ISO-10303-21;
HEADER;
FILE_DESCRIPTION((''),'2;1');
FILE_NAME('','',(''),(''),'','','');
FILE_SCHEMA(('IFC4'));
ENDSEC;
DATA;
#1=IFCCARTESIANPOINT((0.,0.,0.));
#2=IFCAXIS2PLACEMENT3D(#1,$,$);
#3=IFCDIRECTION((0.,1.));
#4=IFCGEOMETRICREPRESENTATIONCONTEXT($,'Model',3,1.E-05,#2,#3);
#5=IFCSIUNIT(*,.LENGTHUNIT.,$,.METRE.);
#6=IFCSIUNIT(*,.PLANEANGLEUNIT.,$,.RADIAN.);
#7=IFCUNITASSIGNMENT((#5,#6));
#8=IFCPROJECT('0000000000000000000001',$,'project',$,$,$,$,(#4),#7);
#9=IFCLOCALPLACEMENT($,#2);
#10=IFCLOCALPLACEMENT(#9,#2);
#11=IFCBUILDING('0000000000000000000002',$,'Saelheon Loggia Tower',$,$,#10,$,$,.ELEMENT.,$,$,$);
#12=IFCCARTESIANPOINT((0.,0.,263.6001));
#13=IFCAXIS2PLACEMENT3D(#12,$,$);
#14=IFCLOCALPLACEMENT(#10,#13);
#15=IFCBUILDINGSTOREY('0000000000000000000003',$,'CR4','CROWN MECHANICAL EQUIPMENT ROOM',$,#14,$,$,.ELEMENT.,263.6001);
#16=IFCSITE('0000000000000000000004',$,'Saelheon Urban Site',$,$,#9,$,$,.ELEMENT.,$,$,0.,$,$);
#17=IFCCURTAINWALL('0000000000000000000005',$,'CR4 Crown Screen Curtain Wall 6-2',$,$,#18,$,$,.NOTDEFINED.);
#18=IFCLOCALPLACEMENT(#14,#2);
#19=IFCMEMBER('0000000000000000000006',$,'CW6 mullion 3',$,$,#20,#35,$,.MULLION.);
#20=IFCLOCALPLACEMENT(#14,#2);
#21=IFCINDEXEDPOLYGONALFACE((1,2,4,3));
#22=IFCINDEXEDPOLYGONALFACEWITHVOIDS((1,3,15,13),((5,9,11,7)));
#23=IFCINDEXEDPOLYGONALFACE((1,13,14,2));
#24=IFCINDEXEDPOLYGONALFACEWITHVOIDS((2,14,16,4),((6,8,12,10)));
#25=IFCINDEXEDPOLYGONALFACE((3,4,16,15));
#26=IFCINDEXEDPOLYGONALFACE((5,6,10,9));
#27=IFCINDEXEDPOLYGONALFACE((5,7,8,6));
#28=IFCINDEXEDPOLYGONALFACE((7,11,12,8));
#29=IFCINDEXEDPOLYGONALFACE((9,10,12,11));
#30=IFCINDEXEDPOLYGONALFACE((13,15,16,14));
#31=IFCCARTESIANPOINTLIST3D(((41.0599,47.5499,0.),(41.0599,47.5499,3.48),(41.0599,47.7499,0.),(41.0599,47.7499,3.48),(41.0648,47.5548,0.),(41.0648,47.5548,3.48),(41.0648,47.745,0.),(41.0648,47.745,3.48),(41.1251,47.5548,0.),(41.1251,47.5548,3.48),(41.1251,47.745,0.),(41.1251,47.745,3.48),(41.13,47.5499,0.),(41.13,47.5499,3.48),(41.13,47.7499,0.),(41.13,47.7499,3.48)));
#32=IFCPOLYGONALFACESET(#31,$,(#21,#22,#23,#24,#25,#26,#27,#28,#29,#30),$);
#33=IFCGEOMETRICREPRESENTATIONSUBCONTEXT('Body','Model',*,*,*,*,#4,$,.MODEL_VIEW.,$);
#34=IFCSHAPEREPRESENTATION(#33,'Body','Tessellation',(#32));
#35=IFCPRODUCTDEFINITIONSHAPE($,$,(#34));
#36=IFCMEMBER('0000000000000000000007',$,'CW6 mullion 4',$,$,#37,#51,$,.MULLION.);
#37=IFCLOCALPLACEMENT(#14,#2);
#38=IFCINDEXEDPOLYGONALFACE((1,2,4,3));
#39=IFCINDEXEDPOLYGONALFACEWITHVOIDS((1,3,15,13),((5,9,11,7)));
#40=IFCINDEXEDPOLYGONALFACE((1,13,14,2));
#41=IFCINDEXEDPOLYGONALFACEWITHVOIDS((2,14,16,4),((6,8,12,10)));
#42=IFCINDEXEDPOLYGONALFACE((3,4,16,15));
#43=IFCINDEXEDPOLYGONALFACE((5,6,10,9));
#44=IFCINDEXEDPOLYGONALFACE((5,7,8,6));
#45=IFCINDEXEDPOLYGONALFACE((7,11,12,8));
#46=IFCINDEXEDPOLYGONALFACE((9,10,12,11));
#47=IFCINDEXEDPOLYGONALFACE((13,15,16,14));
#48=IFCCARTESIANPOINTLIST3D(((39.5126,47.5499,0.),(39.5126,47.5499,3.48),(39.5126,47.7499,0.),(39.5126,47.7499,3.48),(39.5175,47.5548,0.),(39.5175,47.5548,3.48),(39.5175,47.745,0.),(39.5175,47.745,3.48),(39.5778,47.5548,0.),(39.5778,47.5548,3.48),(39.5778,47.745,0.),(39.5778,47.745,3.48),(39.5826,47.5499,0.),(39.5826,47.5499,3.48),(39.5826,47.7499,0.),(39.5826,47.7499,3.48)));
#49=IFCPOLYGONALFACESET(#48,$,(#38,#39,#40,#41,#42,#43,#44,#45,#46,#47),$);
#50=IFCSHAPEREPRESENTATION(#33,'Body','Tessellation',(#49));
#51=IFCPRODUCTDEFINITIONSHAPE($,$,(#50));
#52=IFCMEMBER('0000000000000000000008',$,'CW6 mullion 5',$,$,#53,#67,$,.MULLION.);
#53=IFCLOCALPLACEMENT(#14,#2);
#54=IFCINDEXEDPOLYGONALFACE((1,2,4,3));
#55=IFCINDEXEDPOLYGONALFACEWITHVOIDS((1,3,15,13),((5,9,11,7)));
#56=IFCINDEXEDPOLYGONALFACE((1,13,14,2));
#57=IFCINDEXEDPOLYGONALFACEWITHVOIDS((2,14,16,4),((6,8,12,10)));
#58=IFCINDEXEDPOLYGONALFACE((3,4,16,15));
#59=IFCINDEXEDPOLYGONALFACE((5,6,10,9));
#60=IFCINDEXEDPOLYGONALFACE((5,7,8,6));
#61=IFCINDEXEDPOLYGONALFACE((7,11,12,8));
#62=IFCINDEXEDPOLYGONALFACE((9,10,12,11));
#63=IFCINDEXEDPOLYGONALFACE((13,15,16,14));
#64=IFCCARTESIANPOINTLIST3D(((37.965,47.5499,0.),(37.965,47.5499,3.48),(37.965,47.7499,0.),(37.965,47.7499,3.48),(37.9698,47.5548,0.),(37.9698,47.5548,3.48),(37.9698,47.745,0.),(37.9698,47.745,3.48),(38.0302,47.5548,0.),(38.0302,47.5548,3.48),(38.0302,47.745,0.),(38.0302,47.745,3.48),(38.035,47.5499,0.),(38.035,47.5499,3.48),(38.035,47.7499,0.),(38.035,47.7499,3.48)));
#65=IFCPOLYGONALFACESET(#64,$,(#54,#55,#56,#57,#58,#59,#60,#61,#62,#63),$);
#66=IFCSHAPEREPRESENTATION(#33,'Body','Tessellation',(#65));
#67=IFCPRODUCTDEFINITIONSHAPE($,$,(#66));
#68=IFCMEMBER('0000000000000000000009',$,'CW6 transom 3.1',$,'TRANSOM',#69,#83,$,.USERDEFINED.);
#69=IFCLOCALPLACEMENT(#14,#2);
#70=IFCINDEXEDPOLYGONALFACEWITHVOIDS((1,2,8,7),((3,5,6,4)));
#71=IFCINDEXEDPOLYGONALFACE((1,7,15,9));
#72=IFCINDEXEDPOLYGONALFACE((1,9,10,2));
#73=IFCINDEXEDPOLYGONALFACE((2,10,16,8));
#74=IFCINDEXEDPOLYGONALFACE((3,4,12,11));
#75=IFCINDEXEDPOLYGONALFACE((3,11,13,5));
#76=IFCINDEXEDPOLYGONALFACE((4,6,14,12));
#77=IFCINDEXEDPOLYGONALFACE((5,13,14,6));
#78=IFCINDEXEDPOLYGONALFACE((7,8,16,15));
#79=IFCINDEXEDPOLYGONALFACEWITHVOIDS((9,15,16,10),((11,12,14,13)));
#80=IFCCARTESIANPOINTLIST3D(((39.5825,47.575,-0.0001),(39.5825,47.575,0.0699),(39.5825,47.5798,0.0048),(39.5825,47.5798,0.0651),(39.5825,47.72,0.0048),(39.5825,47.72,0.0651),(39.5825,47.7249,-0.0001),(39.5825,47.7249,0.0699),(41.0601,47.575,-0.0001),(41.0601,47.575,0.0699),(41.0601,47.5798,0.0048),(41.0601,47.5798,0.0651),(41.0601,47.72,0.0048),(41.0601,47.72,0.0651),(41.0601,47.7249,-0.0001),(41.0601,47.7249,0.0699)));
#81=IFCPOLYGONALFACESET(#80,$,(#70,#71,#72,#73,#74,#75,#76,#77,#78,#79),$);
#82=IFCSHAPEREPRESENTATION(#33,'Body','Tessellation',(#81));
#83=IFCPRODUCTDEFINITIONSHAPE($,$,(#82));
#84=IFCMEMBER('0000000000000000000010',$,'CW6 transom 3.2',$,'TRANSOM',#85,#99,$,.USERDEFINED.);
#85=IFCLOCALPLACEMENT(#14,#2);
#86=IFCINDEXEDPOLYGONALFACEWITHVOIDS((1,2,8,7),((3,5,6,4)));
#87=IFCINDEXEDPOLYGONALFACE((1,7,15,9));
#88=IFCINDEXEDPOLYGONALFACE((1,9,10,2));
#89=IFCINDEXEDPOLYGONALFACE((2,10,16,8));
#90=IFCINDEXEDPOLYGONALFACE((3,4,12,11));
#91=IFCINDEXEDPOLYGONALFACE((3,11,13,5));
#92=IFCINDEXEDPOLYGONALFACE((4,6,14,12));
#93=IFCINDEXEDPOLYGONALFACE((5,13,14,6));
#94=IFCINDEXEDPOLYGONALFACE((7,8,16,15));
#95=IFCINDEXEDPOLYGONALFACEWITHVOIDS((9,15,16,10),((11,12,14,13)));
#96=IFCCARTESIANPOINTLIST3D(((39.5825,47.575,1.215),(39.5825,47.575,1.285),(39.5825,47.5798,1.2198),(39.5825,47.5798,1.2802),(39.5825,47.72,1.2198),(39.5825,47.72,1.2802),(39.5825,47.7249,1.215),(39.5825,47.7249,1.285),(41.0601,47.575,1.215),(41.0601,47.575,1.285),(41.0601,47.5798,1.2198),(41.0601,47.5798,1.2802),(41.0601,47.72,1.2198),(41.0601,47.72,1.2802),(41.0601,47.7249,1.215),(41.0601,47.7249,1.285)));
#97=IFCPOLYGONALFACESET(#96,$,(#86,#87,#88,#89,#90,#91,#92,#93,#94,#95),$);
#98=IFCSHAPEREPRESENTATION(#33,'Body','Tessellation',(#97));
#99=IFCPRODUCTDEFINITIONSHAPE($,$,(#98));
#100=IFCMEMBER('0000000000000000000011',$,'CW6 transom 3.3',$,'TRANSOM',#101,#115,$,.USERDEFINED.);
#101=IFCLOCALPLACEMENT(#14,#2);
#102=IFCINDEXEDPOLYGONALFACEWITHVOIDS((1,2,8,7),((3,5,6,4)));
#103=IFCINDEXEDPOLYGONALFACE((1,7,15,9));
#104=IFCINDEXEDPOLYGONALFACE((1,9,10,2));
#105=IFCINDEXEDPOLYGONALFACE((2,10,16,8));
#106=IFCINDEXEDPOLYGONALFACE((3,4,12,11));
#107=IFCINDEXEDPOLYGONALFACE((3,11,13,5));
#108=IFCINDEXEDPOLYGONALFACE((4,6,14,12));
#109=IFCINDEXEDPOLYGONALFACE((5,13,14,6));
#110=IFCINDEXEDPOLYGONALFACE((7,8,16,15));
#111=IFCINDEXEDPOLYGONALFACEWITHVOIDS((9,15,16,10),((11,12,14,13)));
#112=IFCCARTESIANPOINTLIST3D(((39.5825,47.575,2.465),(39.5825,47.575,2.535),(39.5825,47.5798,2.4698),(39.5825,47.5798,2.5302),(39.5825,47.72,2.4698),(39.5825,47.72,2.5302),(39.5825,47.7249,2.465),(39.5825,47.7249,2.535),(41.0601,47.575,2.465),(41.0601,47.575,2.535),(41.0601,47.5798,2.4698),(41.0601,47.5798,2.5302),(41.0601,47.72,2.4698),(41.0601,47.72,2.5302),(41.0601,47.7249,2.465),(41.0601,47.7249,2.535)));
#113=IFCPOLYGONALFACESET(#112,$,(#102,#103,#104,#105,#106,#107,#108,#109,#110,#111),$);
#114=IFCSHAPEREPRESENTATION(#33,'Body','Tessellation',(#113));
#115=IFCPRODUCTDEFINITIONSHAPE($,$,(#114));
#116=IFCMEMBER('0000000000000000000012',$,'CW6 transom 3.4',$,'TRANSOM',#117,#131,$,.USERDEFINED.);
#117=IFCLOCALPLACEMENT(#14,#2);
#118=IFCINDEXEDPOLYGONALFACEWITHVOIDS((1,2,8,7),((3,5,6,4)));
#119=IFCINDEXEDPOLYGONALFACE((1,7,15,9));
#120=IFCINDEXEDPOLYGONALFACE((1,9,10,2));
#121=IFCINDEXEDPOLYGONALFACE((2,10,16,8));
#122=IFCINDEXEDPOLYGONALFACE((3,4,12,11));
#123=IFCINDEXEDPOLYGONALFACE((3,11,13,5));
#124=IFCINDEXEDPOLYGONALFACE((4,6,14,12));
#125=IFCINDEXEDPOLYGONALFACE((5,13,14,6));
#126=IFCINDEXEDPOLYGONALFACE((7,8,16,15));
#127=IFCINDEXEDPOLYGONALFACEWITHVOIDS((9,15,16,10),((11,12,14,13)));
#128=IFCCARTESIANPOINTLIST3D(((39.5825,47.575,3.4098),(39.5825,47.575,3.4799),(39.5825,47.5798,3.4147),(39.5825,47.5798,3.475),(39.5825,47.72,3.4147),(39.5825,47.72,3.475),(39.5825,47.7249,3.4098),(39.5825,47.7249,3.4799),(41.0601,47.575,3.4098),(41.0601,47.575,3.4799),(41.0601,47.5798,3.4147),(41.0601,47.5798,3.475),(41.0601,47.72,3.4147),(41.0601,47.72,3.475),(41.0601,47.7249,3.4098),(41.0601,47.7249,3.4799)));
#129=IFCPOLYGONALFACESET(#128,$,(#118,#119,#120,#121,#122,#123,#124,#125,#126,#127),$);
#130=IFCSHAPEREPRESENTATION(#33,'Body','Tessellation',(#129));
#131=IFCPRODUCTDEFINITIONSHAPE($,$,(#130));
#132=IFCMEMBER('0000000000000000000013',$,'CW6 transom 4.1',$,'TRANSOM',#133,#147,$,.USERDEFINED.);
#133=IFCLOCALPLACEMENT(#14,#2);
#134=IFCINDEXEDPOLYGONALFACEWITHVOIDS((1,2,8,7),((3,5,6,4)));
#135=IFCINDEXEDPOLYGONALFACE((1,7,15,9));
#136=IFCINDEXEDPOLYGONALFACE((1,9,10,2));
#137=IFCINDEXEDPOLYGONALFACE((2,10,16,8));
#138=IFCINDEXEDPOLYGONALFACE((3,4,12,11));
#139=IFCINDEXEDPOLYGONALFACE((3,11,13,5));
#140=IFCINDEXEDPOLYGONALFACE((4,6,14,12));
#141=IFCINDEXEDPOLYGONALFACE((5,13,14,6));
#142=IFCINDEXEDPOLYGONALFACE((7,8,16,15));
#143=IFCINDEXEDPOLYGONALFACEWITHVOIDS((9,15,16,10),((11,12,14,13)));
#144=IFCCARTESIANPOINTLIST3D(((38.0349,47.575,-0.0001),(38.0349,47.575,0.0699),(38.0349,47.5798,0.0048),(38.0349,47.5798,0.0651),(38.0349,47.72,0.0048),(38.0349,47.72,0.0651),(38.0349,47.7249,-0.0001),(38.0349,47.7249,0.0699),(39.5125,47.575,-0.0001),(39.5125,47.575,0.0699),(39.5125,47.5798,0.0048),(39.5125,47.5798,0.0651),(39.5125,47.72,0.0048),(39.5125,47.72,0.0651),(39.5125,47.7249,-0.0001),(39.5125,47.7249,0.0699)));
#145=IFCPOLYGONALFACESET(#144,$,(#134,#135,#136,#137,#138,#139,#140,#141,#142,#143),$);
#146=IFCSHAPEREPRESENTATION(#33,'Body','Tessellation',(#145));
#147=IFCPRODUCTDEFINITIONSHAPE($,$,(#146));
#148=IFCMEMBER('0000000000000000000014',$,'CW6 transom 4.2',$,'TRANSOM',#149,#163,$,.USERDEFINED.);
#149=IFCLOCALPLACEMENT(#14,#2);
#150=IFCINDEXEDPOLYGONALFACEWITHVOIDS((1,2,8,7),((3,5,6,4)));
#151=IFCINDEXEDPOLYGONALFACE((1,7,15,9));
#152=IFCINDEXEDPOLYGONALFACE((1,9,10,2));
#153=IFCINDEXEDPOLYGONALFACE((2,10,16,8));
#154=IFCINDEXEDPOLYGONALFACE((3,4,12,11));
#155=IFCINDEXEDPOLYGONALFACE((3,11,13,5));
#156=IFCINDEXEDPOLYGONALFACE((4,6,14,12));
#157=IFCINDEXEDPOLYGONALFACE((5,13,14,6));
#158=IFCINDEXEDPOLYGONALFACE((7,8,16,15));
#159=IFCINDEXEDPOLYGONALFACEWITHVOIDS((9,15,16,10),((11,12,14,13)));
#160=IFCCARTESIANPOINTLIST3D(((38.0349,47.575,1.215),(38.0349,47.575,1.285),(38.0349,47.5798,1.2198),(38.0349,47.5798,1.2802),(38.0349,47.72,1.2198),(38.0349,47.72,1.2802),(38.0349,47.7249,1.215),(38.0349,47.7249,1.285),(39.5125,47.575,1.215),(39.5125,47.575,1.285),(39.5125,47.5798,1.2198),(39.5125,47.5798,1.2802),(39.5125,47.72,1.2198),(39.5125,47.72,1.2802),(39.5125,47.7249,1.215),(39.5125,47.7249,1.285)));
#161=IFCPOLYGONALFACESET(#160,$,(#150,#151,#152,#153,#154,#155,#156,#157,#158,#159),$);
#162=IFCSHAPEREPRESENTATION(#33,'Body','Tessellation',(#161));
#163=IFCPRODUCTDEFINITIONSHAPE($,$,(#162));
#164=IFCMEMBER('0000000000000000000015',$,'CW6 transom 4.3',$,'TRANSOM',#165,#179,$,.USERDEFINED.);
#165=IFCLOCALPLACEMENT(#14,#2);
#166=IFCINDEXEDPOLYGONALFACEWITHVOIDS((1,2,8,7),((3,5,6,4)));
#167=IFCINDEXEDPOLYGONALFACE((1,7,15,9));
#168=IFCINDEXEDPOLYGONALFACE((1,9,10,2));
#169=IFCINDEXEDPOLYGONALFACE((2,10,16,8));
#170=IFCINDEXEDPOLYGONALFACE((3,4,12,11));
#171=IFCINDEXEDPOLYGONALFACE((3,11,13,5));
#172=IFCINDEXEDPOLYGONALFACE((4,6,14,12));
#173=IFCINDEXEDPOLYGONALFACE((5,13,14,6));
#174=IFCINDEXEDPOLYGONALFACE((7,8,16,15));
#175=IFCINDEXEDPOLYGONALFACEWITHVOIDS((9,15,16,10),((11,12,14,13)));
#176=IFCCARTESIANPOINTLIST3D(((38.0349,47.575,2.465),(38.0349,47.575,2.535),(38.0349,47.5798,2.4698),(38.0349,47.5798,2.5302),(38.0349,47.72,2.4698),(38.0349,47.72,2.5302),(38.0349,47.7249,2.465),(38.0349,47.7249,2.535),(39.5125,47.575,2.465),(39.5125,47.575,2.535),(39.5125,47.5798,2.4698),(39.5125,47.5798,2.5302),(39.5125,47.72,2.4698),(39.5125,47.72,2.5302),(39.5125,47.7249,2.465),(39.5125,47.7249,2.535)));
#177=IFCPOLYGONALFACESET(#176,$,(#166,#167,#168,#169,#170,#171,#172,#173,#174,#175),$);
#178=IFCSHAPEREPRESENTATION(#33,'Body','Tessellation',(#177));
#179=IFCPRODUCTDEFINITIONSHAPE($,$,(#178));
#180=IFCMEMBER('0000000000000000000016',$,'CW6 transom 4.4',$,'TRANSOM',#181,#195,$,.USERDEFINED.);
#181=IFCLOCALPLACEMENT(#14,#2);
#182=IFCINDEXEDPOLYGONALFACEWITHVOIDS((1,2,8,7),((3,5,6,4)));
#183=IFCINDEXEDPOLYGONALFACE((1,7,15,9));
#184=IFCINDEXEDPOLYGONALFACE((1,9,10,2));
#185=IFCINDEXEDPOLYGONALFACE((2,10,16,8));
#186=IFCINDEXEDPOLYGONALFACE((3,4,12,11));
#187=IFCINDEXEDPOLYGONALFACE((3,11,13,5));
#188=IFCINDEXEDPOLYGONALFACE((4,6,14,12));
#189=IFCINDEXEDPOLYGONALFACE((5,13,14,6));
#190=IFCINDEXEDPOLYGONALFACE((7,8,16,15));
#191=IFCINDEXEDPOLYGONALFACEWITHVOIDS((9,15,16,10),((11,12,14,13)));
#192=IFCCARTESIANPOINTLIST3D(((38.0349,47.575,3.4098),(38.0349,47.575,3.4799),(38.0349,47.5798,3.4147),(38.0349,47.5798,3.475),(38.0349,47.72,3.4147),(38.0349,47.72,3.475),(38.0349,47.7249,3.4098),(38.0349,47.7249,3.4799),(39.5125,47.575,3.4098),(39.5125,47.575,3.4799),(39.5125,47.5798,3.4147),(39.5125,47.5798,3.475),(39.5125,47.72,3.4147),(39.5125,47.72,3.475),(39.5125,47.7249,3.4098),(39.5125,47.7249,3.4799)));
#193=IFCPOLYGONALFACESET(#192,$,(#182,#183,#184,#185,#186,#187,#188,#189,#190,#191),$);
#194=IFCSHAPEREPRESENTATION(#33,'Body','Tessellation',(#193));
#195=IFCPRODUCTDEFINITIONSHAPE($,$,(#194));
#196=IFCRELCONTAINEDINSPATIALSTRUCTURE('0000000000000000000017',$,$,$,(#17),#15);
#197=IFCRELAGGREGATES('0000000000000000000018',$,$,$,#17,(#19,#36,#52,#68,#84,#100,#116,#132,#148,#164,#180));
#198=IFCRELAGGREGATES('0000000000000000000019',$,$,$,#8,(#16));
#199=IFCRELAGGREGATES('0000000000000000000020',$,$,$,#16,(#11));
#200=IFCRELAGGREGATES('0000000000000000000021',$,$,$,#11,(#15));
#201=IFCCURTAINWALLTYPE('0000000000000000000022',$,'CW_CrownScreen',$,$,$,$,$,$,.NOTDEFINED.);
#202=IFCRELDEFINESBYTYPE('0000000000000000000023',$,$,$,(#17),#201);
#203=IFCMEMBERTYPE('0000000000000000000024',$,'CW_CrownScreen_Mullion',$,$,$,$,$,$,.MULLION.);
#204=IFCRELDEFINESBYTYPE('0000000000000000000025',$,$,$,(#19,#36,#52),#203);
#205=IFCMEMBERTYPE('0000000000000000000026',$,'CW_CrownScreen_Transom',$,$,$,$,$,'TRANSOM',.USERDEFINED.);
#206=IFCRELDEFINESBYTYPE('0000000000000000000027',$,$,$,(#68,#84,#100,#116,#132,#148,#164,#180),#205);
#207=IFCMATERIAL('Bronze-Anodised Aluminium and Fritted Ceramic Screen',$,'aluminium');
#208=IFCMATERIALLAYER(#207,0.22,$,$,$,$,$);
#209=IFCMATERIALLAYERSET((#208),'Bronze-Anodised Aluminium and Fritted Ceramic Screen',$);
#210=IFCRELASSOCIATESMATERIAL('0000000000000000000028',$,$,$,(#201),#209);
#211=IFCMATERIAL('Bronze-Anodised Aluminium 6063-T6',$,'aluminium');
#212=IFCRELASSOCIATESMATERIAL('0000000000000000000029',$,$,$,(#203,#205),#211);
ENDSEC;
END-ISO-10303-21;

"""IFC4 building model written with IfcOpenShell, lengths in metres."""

from ifc_helpers import new_model, si_unit, direction, frame, origin, origin_2d, place, context, subcontext, project, spatial, hollow_rectangle, extrude, source, transform, mapped, material, layer, layer_set, material_profile, profile_set, type_object, element, aggregate, save


model = new_model("IFC4")

# Units and contexts
model_context = context("Model", 3, precision=1e-05, world=origin(), true_north=direction((0.0, 1.0)))
body_context = subcontext(model_context, "Body", "Model", "MODEL_VIEW")
ifc_project = project(units=[si_unit("LENGTHUNIT", "METRE"), si_unit("PLANEANGLEUNIT", "RADIAN")], contexts=[model_context])

# Site, building, storey
site_placement = place(None, origin())
site = spatial("IfcSite", under=ifc_project, at=site_placement, Name="Saelheon Urban Site", CompositionType="ELEMENT", RefElevation=0.0)
building_placement = place(site_placement, origin())
building = spatial("IfcBuilding", under=site, at=building_placement, Name="Saelheon Loggia Tower", CompositionType="ELEMENT")
storey_placement = place(building_placement, frame((0.0, 0.0, 263.6001)))
storey = spatial("IfcBuildingStorey", under=building, at=storey_placement, Name="CR4", Description="CROWN MECHANICAL EQUIPMENT ROOM", CompositionType="ELEMENT", Elevation=263.6001)

# Curtain wall, members
ifc_material_1 = material(Name="Bronze-Anodised Aluminium and Fritted Ceramic Screen", Category="aluminium")
ifc_layer_1 = layer(ifc_material_1, 0.22)
ifc_layer_set_1 = layer_set([ifc_layer_1], Name="Bronze-Anodised Aluminium and Fritted Ceramic Screen")
curtain_wall_type = type_object("IfcCurtainWallType", Name="CW_CrownScreen", PredefinedType="NOTDEFINED", material=ifc_layer_set_1)
curtain_wall_placement = place(storey_placement, origin())
curtain_wall = element("IfcCurtainWall", 1, at=curtain_wall_placement, inside=storey, type_object=curtain_wall_type, Name="CR4 Crown Screen Curtain Wall 6-2", PredefinedType="NOTDEFINED")
ifc_material_2 = material(Name="Bronze-Anodised Aluminium 6063-T6", Category="aluminium")
ifc_material_profile_1 = material_profile(ifc_material_2, hollow_rectangle(XDim=0.0701, YDim=0.2, WallThickness=0.0049, at=origin_2d()), Name="RHS-200x70x5")
ifc_profile_set_1 = profile_set([ifc_material_profile_1], Name="Bronze-Anodised Aluminium 6063-T6")
member_type_1 = type_object("IfcMemberType", Name="CW_CrownScreen_Mullion", PredefinedType="MULLION", material=ifc_profile_set_1)
shared_shape_1 = source(origin(), body_context, "Body", "SweptSolid", [
    extrude(hollow_rectangle(XDim=0.0701, YDim=0.2, WallThickness=0.0049, at=origin_2d()), origin(), (0.0, 0.0, 1.0), 3.48),
])
member_1_placement = place(storey_placement, frame((41.095, 47.6499, 0.0), z_axis=(0.0, 0.0, 1.0), x_axis=(-1.0, 0.0, 0.0)))
member_1 = element("IfcMember", 2, at=member_1_placement, type_object=member_type_1, Name="CW6 mullion 3", PredefinedType="MULLION", context=body_context, shape_type="MappedRepresentation", body=[
    mapped(shared_shape_1, transform((0.0, 0.0, 0.0), scale=1.0)),
])
member_2_placement = place(storey_placement, frame((39.5476, 47.6499, 0.0), z_axis=(0.0, 0.0, 1.0), x_axis=(-1.0, 0.0, 0.0)))
member_2 = element("IfcMember", 3, at=member_2_placement, type_object=member_type_1, Name="CW6 mullion 4", PredefinedType="MULLION", context=body_context, shape_type="MappedRepresentation", body=[
    mapped(shared_shape_1, transform((0.0, 0.0, 0.0), scale=1.0)),
])
member_3_placement = place(storey_placement, frame((38.0, 47.6499, 0.0), z_axis=(0.0, 0.0, 1.0), x_axis=(-1.0, 0.0, 0.0)))
member_3 = element("IfcMember", 4, at=member_3_placement, type_object=member_type_1, Name="CW6 mullion 5", PredefinedType="MULLION", context=body_context, shape_type="MappedRepresentation", body=[
    mapped(shared_shape_1, transform((0.0, 0.0, 0.0), scale=1.0)),
])
ifc_material_profile_2 = material_profile(ifc_material_2, hollow_rectangle(XDim=0.0701, YDim=0.1499, WallThickness=0.0049, at=origin_2d()), Name="RHS-150x70x5")
ifc_profile_set_2 = profile_set([ifc_material_profile_2], Name="Bronze-Anodised Aluminium 6063-T6")
member_type_2 = type_object("IfcMemberType", Name="CW_CrownScreen_Transom", ElementType="TRANSOM", PredefinedType="USERDEFINED", material=ifc_profile_set_2)
shared_shape_2 = source(origin(), body_context, "Body", "SweptSolid", [
    extrude(hollow_rectangle(XDim=0.0701, YDim=0.1499, WallThickness=0.0049, at=origin_2d()), origin(), (0.0, 0.0, 1.0), 1.4775),
])
member_4_placement = place(storey_placement, frame((41.0601, 47.6499, 0.0349), z_axis=(-1.0, 0.0, 0.0), x_axis=(0.0, 0.0, 1.0)))
member_4 = element("IfcMember", 5, at=member_4_placement, type_object=member_type_2, Name="CW6 transom 3.1", ObjectType="TRANSOM", PredefinedType="USERDEFINED", context=body_context, shape_type="MappedRepresentation", body=[
    mapped(shared_shape_2, transform((0.0, 0.0, 0.0), scale=1.0)),
])
member_5_placement = place(storey_placement, frame((41.0601, 47.6499, 1.25), z_axis=(-1.0, 0.0, 0.0), x_axis=(0.0, 0.0, 1.0)))
member_5 = element("IfcMember", 6, at=member_5_placement, type_object=member_type_2, Name="CW6 transom 3.2", ObjectType="TRANSOM", PredefinedType="USERDEFINED", context=body_context, shape_type="MappedRepresentation", body=[
    mapped(shared_shape_2, transform((0.0, 0.0, 0.0), scale=1.0)),
])
member_6_placement = place(storey_placement, frame((41.0601, 47.6499, 2.5), z_axis=(-1.0, 0.0, 0.0), x_axis=(0.0, 0.0, 1.0)))
member_6 = element("IfcMember", 7, at=member_6_placement, type_object=member_type_2, Name="CW6 transom 3.3", ObjectType="TRANSOM", PredefinedType="USERDEFINED", context=body_context, shape_type="MappedRepresentation", body=[
    mapped(shared_shape_2, transform((0.0, 0.0, 0.0), scale=1.0)),
])
member_7_placement = place(storey_placement, frame((41.0601, 47.6499, 3.4448), z_axis=(-1.0, 0.0, 0.0), x_axis=(0.0, 0.0, 1.0)))
member_7 = element("IfcMember", 8, at=member_7_placement, type_object=member_type_2, Name="CW6 transom 3.4", ObjectType="TRANSOM", PredefinedType="USERDEFINED", context=body_context, shape_type="MappedRepresentation", body=[
    mapped(shared_shape_2, transform((0.0, 0.0, 0.0), scale=1.0)),
])
member_8_placement = place(storey_placement, frame((39.5125, 47.6499, 0.0349), z_axis=(-1.0, 0.0, 0.0), x_axis=(0.0, 0.0, 1.0)))
member_8 = element("IfcMember", 9, at=member_8_placement, type_object=member_type_2, Name="CW6 transom 4.1", ObjectType="TRANSOM", PredefinedType="USERDEFINED", context=body_context, shape_type="MappedRepresentation", body=[
    mapped(shared_shape_2, transform((0.0, 0.0, 0.0), scale=1.0)),
])
member_9_placement = place(storey_placement, frame((39.5125, 47.6499, 1.25), z_axis=(-1.0, 0.0, 0.0), x_axis=(0.0, 0.0, 1.0)))
member_9 = element("IfcMember", 10, at=member_9_placement, type_object=member_type_2, Name="CW6 transom 4.2", ObjectType="TRANSOM", PredefinedType="USERDEFINED", context=body_context, shape_type="MappedRepresentation", body=[
    mapped(shared_shape_2, transform((0.0, 0.0, 0.0), scale=1.0)),
])
member_10_placement = place(storey_placement, frame((39.5125, 47.6499, 2.5), z_axis=(-1.0, 0.0, 0.0), x_axis=(0.0, 0.0, 1.0)))
member_10 = element("IfcMember", 11, at=member_10_placement, type_object=member_type_2, Name="CW6 transom 4.3", ObjectType="TRANSOM", PredefinedType="USERDEFINED", context=body_context, shape_type="MappedRepresentation", body=[
    mapped(shared_shape_2, transform((0.0, 0.0, 0.0), scale=1.0)),
])
member_11_placement = place(storey_placement, frame((39.5125, 47.6499, 3.4448), z_axis=(-1.0, 0.0, 0.0), x_axis=(0.0, 0.0, 1.0)))
member_11 = element("IfcMember", 12, at=member_11_placement, type_object=member_type_2, Name="CW6 transom 4.4", ObjectType="TRANSOM", PredefinedType="USERDEFINED", context=body_context, shape_type="MappedRepresentation", body=[
    mapped(shared_shape_2, transform((0.0, 0.0, 0.0), scale=1.0)),
])
aggregate(curtain_wall, [member_1, member_2, member_3, member_4, member_5, member_6, member_7, member_8, member_9, member_10, member_11])

save(model, "model.ifc")
